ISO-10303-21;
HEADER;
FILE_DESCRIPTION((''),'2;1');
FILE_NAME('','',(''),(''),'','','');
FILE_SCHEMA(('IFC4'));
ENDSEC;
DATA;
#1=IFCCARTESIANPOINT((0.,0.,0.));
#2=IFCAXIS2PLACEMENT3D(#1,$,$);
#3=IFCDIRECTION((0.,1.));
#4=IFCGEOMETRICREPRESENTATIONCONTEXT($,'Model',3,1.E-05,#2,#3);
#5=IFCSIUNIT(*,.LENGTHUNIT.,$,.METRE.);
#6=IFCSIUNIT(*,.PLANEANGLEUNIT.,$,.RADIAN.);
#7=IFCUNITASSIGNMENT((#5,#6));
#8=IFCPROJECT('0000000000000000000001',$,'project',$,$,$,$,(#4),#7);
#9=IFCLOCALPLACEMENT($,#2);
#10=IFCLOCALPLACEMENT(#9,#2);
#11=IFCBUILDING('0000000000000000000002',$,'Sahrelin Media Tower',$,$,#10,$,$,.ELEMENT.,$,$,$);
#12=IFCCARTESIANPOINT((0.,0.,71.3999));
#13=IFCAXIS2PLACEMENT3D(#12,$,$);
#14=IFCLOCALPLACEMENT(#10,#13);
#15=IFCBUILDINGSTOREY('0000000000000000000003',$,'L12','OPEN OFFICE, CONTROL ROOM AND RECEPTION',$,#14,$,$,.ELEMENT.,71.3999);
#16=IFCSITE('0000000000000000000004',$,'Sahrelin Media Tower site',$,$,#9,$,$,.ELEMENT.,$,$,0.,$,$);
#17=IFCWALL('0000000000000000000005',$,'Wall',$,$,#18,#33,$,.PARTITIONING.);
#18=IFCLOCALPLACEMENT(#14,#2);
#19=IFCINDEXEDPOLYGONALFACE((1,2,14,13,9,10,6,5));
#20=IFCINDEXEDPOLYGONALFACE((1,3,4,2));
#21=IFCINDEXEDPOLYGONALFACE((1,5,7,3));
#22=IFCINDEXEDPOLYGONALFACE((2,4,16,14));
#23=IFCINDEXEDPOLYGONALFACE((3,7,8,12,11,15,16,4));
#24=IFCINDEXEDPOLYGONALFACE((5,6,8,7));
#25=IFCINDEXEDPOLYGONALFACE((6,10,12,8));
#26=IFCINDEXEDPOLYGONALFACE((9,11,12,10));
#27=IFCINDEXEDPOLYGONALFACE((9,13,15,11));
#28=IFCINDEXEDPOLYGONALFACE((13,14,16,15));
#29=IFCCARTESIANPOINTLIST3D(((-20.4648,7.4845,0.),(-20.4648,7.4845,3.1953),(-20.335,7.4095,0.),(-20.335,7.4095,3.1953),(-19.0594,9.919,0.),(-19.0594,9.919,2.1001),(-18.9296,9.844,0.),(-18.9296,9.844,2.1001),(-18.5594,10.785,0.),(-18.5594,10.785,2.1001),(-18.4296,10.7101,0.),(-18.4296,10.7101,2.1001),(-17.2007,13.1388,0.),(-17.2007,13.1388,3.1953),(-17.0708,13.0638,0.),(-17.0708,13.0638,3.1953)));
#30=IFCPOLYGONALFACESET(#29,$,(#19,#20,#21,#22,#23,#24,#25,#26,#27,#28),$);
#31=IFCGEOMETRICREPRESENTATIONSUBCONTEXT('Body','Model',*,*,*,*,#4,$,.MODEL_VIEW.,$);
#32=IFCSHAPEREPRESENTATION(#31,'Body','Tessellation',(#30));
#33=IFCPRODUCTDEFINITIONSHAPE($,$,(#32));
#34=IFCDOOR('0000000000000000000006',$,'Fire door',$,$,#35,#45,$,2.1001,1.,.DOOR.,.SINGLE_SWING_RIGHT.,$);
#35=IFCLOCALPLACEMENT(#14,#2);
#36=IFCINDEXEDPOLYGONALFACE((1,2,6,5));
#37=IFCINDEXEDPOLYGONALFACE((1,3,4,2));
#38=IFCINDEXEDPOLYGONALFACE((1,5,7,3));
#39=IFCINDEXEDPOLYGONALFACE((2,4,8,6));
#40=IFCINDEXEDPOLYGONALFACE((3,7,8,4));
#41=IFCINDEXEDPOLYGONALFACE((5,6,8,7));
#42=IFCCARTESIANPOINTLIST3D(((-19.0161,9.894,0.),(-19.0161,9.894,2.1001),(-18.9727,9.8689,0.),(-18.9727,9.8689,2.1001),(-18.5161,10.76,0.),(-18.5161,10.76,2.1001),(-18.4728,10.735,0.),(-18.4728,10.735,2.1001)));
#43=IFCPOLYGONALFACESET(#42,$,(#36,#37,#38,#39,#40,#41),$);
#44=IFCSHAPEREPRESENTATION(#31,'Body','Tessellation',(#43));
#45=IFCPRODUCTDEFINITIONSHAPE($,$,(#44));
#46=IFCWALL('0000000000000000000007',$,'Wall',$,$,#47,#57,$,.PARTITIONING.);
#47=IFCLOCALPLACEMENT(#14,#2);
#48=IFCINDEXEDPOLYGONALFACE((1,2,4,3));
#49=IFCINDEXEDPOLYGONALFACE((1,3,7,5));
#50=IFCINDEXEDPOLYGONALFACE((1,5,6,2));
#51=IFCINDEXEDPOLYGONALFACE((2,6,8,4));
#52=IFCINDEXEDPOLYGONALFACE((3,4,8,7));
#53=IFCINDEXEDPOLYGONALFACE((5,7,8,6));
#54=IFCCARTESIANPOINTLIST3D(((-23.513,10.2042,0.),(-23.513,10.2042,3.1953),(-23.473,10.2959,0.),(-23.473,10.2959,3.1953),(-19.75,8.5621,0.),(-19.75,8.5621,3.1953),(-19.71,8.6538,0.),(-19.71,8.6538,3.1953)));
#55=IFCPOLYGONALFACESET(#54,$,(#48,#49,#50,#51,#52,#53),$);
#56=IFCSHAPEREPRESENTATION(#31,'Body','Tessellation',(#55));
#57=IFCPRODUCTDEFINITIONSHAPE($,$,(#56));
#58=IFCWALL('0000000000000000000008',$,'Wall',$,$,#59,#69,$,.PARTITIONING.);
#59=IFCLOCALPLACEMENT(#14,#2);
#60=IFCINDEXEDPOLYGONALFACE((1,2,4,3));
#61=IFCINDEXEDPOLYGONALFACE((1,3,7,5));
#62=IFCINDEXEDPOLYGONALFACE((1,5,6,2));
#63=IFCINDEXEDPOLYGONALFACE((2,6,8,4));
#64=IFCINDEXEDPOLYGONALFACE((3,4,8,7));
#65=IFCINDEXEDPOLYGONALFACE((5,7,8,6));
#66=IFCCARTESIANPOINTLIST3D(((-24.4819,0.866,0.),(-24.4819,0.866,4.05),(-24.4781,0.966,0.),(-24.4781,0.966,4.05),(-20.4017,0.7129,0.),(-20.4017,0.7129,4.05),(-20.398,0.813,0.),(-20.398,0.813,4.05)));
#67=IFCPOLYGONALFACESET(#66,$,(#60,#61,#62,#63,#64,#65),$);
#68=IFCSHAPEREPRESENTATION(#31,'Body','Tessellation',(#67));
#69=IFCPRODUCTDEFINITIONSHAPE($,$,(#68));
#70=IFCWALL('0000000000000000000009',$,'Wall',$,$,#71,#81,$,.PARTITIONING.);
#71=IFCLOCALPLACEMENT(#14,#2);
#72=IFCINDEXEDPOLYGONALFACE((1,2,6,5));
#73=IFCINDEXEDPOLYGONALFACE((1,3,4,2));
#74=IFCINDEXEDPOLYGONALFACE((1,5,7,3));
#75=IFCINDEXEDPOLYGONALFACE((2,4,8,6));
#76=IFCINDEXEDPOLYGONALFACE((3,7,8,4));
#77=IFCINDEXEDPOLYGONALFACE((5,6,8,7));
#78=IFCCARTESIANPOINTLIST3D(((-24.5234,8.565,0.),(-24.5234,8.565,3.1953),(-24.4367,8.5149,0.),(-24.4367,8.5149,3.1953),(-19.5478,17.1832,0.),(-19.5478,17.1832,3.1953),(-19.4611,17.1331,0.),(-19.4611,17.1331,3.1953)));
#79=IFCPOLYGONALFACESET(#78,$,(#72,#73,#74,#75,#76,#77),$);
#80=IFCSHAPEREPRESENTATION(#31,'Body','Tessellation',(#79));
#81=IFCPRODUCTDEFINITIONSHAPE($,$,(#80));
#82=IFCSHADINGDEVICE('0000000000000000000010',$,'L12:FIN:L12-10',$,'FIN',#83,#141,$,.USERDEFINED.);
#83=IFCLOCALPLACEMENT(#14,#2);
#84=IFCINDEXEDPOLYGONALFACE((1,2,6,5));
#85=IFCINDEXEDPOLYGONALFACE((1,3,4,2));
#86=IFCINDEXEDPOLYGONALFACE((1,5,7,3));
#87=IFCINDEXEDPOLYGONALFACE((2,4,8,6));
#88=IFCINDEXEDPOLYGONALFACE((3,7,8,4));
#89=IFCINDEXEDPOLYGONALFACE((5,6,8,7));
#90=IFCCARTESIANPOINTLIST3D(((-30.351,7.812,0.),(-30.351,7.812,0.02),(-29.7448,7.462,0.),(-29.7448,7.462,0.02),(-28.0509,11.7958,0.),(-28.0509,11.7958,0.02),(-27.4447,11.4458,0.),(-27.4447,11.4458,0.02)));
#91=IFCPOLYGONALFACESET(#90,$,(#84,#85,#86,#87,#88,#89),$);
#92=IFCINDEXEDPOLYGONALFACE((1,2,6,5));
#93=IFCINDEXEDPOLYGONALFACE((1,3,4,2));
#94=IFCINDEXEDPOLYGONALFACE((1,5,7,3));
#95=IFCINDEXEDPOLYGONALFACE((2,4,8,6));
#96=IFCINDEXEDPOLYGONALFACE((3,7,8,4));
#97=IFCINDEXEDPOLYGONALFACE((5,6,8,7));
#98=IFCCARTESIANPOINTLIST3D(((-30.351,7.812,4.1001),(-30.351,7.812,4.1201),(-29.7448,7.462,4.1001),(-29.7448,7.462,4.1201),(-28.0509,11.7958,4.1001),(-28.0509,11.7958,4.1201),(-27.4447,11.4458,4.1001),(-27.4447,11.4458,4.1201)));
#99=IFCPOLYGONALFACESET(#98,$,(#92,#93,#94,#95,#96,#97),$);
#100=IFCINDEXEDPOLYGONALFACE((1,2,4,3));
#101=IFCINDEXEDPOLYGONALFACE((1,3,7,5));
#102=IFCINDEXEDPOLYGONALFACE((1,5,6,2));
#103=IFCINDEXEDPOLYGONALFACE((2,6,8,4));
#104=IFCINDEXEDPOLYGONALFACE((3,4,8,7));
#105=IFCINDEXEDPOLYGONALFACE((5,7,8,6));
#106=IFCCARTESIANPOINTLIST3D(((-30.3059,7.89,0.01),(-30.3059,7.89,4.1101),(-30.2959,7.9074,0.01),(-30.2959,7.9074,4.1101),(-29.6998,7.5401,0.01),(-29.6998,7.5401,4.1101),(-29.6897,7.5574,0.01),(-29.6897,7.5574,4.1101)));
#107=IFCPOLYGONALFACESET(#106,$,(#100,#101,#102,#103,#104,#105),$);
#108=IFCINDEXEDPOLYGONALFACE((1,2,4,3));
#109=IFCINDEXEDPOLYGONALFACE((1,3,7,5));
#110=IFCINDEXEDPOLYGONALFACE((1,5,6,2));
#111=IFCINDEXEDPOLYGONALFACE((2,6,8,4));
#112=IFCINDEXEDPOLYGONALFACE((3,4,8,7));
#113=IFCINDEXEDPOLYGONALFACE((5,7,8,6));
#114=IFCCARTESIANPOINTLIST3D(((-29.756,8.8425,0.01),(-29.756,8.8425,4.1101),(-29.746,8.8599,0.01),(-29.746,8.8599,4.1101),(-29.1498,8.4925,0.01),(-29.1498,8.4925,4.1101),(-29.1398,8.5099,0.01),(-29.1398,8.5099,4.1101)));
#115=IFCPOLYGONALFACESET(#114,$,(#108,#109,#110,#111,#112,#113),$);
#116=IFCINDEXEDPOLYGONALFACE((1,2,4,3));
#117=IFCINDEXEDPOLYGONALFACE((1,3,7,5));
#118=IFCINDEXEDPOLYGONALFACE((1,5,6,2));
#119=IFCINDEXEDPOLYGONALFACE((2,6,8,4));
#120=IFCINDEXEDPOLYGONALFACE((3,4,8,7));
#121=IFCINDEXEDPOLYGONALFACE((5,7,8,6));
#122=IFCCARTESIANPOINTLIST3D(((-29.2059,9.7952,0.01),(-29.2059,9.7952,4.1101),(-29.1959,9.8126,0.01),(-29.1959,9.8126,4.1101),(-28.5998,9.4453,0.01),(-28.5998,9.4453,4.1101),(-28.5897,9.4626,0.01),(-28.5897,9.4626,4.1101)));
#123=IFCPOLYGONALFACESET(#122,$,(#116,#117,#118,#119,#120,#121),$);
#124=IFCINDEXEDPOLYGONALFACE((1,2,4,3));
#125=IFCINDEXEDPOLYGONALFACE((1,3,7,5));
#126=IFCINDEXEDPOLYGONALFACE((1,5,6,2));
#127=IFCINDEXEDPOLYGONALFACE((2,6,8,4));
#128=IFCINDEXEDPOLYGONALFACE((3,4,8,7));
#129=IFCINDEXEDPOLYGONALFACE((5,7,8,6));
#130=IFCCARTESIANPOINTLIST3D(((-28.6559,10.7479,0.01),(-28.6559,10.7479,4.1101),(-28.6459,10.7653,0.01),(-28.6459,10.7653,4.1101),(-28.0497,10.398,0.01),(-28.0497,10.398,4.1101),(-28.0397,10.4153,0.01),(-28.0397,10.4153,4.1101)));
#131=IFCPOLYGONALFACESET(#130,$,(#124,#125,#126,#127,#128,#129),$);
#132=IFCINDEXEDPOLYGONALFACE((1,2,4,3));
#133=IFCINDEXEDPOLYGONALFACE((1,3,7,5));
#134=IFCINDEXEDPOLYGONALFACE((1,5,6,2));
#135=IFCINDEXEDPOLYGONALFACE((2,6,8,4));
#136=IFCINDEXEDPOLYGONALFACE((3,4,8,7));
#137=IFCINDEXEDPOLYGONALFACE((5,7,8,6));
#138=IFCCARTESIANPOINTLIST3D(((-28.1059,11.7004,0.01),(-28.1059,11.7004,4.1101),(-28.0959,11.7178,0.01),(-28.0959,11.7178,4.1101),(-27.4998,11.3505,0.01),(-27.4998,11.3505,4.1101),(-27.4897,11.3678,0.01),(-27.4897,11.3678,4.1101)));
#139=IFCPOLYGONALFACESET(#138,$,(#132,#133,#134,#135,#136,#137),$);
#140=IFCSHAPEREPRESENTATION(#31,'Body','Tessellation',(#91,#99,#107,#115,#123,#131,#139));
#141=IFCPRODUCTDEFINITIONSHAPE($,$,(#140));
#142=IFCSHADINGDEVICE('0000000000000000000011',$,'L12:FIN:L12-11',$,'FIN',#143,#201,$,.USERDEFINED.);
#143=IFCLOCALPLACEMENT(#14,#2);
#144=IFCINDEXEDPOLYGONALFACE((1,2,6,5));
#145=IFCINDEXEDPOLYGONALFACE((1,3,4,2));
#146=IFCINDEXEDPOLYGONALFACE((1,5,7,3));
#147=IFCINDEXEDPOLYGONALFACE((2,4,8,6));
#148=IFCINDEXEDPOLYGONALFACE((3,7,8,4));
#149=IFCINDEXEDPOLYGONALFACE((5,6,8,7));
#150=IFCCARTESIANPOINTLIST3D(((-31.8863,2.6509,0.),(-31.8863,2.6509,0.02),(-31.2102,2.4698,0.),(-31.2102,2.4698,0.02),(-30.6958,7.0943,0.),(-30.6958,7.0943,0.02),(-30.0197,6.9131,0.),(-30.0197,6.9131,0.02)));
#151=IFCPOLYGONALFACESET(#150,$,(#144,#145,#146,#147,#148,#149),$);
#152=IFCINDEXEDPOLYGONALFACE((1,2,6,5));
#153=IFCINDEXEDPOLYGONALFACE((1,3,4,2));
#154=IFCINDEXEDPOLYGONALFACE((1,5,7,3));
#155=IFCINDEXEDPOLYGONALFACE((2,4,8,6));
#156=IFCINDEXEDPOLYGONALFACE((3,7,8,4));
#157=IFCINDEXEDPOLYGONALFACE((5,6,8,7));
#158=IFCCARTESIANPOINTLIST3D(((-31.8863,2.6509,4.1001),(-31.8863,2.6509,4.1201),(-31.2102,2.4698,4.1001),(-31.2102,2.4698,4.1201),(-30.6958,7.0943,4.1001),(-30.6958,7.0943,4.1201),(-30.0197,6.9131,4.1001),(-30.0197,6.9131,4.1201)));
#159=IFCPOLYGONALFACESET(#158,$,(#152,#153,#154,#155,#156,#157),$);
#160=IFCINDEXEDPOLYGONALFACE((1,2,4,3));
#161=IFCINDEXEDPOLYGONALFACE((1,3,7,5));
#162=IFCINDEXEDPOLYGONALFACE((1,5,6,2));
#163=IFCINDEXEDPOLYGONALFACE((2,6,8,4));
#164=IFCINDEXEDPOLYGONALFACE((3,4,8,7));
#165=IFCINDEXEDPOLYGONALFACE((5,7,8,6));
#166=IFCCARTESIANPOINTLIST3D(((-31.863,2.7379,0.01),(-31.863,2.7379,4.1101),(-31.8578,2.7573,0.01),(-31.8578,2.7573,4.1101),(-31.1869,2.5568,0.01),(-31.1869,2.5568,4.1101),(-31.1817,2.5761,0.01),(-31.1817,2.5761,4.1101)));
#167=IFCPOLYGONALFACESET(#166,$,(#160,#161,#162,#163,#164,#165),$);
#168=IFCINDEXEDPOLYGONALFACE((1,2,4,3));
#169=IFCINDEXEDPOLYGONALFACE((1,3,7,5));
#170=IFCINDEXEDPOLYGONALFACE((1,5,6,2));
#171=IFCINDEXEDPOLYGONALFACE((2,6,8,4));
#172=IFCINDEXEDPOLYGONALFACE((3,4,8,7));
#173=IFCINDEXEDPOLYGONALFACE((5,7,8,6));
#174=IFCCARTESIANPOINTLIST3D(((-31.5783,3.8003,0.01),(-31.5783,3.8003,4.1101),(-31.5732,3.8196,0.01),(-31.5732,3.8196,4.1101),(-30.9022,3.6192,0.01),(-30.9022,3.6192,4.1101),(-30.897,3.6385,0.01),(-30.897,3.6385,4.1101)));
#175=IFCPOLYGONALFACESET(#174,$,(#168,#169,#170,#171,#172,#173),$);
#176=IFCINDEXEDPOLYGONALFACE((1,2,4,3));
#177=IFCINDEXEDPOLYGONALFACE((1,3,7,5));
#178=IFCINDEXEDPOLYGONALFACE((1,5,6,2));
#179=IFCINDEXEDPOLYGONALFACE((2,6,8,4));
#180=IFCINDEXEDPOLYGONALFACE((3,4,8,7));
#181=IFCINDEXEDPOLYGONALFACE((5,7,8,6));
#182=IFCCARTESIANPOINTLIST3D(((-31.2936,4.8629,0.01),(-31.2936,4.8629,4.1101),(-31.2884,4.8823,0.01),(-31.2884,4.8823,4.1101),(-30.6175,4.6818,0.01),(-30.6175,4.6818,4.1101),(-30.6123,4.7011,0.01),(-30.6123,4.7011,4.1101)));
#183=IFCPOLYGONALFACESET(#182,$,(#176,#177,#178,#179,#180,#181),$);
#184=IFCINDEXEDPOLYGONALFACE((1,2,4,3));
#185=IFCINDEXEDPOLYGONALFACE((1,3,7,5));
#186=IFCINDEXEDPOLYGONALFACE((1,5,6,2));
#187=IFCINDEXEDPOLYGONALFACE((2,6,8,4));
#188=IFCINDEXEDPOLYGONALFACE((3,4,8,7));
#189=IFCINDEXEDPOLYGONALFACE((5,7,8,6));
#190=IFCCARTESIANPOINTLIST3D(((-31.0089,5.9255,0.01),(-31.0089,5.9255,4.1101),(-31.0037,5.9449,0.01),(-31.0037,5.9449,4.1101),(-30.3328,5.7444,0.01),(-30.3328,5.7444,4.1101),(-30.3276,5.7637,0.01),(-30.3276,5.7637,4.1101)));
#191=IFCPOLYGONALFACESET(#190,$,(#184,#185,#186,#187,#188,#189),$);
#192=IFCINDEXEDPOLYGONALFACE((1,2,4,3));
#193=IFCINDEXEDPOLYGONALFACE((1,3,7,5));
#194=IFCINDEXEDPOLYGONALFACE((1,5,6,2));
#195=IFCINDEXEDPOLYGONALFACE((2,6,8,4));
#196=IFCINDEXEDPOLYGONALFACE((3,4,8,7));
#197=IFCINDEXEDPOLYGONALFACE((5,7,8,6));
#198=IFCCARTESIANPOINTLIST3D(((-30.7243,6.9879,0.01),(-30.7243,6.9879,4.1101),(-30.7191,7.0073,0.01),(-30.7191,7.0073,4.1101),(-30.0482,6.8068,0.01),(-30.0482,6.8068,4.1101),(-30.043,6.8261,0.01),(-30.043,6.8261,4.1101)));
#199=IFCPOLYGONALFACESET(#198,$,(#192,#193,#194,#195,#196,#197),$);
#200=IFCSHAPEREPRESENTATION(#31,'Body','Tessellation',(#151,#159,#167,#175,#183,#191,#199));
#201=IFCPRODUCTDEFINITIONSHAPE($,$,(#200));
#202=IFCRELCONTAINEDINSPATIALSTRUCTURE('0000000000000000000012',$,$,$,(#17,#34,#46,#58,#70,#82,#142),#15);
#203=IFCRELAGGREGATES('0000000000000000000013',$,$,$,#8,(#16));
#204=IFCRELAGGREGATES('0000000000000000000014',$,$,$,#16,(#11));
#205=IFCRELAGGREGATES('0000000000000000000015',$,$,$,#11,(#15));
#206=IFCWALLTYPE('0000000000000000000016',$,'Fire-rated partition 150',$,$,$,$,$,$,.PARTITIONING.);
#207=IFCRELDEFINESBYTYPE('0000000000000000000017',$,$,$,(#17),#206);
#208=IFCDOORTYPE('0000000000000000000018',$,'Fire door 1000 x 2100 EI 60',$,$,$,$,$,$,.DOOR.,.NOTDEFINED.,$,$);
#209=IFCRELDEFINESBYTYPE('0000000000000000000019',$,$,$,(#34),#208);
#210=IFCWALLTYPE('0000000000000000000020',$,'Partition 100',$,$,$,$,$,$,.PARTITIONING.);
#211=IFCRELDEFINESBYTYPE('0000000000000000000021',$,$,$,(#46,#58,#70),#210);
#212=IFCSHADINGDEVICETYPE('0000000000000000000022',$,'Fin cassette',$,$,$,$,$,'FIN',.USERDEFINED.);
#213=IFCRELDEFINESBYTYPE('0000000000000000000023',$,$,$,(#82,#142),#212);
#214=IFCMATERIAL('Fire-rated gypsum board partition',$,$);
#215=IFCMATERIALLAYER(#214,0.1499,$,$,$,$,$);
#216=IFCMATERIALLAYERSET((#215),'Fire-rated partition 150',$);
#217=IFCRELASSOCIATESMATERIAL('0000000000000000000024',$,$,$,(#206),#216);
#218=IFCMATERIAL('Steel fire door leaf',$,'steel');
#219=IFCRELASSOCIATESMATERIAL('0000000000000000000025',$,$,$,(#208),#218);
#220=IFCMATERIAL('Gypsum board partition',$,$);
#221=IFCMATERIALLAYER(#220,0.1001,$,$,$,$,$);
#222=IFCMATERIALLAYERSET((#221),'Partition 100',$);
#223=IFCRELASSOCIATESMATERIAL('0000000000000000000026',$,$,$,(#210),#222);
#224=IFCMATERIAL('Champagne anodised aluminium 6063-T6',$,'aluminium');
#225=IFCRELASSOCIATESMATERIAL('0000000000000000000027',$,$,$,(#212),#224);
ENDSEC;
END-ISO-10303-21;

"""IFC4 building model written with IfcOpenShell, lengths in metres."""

from ifc_helpers import new_model, si_unit, direction, frame, frame_2d, origin, origin_2d, place, context, subcontext, project, spatial, rectangle, extrude, material, layer, layer_set, type_object, element, fill, save


model = new_model("IFC4")

# Units and contexts
model_context = context("Model", 3, precision=1e-05, world=origin(), true_north=direction((0.0, 1.0)))
body_context = subcontext(model_context, "Body", "Model", "MODEL_VIEW")
ifc_project = project(units=[si_unit("LENGTHUNIT", "METRE"), si_unit("PLANEANGLEUNIT", "RADIAN")], contexts=[model_context])

# Site, building, storey
site_placement = place(None, origin())
site = spatial("IfcSite", under=ifc_project, at=site_placement, Name="Sahrelin Media Tower site", CompositionType="ELEMENT", RefElevation=0.0)
building_placement = place(site_placement, origin())
building = spatial("IfcBuilding", under=site, at=building_placement, Name="Sahrelin Media Tower", CompositionType="ELEMENT")
storey_placement = place(building_placement, frame((0.0, 0.0, 71.3999)))
storey = spatial("IfcBuildingStorey", under=building, at=storey_placement, Name="L12", Description="OPEN OFFICE, CONTROL ROOM AND RECEPTION", CompositionType="ELEMENT", Elevation=71.3999)

# Shared definitions
ifc_material_1 = material(Name="Champagne anodised aluminium 6063-T6", Category="aluminium")

# Shared definitions
ifc_material_2 = material(Name="Fire-rated gypsum board partition")
ifc_layer_1 = layer(ifc_material_2, 0.1499)
ifc_layer_set_1 = layer_set([ifc_layer_1], Name="Fire-rated partition 150")
wall_type_1 = type_object("IfcWallType", Name="Fire-rated partition 150", PredefinedType="PARTITIONING", material=ifc_layer_set_1)

# Wall, opening, door
ifc_material_3 = material(Name="Steel fire door leaf", Category="steel")
door_type = type_object("IfcDoorType", Name="Fire door 1000 x 2100 EI 60", OperationType="NOTDEFINED", PredefinedType="DOOR", material=ifc_material_3)
wall_1_placement = place(storey_placement, frame((-20.3999, 7.447, 0.0), z_axis=(0.0, 0.0, 1.0), x_axis=(0.49996, 0.866049, 0.0)))
wall_1 = element("IfcWall", 1, at=wall_1_placement, inside=storey, type_object=wall_type_1, Name="Wall", PredefinedType="PARTITIONING", context=body_context, shape_type="SweptSolid", body=[
    extrude(rectangle(XDim=6.5288, YDim=0.1499, at=frame_2d((3.2644, 0.0))), origin(), (0.0, 0.0, 1.0), 3.1953),
])
opening_1_placement = place(wall_1_placement, frame((2.811, 0.0, 0.0)))
opening_1 = element("IfcOpeningElement", 2, at=opening_1_placement, cuts=wall_1, PredefinedType="OPENING", context=body_context, shape_type="SweptSolid", body=[
    extrude(rectangle(XDim=1.0, YDim=2.1001, at=frame_2d((0.5, 1.05))), frame((0.0, 0.075, 0.0), z_axis=(0.0, -1.0, 0.0), x_axis=(1.0, 0.0, 0.0)), (0.0, 0.0, 1.0), 0.1499),
])
door_1_placement = place(opening_1_placement, origin())
door_1 = element("IfcDoor", 3, at=door_1_placement, inside=storey, type_object=door_type, Name="Fire door", OperationType="SINGLE_SWING_RIGHT", OverallHeight=2.1001, OverallWidth=1.0, PredefinedType="DOOR", context=body_context, shape_type="SweptSolid", body=[
    extrude(rectangle(XDim=1.0, YDim=2.1001, at=frame_2d((0.5, 1.05))), frame((0.0, 0.0249, 0.0), z_axis=(0.0, -1.0, 0.0), x_axis=(1.0, 0.0, 0.0)), (0.0, 0.0, 1.0), 0.05),
])
fill(opening_1, door_1)

# Walls
ifc_material_4 = material(Name="Gypsum board partition")
ifc_layer_2 = layer(ifc_material_4, 0.1001)
ifc_layer_set_2 = layer_set([ifc_layer_2], Name="Partition 100")
wall_type_2 = type_object("IfcWallType", Name="Partition 100", PredefinedType="PARTITIONING", material=ifc_layer_set_2)
wall_2_placement = place(storey_placement, frame((-23.4929, 10.25, 0.0), z_axis=(0.0, 0.0, 1.0), x_axis=(0.916532, -0.399961, 0.0)))
element("IfcWall", 4, at=wall_2_placement, inside=storey, type_object=wall_type_2, Name="Wall", PredefinedType="PARTITIONING", context=body_context, shape_type="SweptSolid", body=[
    extrude(rectangle(XDim=4.1057, YDim=0.1001, at=frame_2d((2.0527, 0.0))), origin(), (0.0, 0.0, 1.0), 3.1953),
])
wall_3_placement = place(storey_placement, frame((-24.48, 0.916, 0.0), z_axis=(0.0, 0.0, 1.0), x_axis=(0.999297, -0.037492, 0.0)))
element("IfcWall", 5, at=wall_3_placement, inside=storey, type_object=wall_type_2, Name="Wall", PredefinedType="PARTITIONING", context=body_context, shape_type="SweptSolid", body=[
    extrude(rectangle(XDim=4.083, YDim=0.1001, at=frame_2d((2.0415, 0.0))), origin(), (0.0, 0.0, 1.0), 4.05),
])
wall_4_placement = place(storey_placement, frame((-24.48, 8.54, 0.0), z_axis=(0.0, 0.0, 1.0), x_axis=(0.499991, 0.86603, 0.0)))
element("IfcWall", 6, at=wall_4_placement, inside=storey, type_object=wall_type_2, Name="Wall", PredefinedType="PARTITIONING", context=body_context, shape_type="SweptSolid", body=[
    extrude(rectangle(XDim=9.9514, YDim=0.1001, at=frame_2d((4.9756, 0.0))), origin(), (0.0, 0.0, 1.0), 3.1953),
])

# Shading devices
shading_device_type_1 = type_object("IfcShadingDeviceType", Name="Fin cassette", ElementType="FIN", PredefinedType="USERDEFINED", material=ifc_material_1)
placement_1 = place(storey_placement, frame((-28.5342, 9.4189, 0.0), z_axis=(0.0, 0.0, 1.0), x_axis=(0.500011, 0.866019, 0.0)))
element("IfcShadingDevice", 7, at=placement_1, inside=storey, type_object=shading_device_type_1, Name="L12:FIN:L12-10", ObjectType="FIN", PredefinedType="USERDEFINED", context=body_context, shape_type="SweptSolid", body=[
    extrude(rectangle(XDim=4.6001, YDim=0.7, at=origin_2d()), frame((0.0, 0.4199, 0.0)), (0.0, 0.0, 1.0), 0.02),
    extrude(rectangle(XDim=4.6001, YDim=0.7, at=origin_2d()), frame((0.0, 0.4199, 4.1001)), (0.0, 0.0, 1.0), 0.02),
    extrude(rectangle(XDim=0.02, YDim=0.7, at=origin_2d()), frame((-2.2, 0.4199, 0.01), z_axis=(0.0, 0.0, 1.0), x_axis=(1.0, 0.0, 0.0)), (0.0, 0.0, 1.0), 4.1001),
    extrude(rectangle(XDim=0.02, YDim=0.7, at=origin_2d()), frame((-1.1001, 0.4199, 0.01), z_axis=(0.0, 0.0, 1.0), x_axis=(1.0, 0.0, 0.0)), (0.0, 0.0, 1.0), 4.1001),
    extrude(rectangle(XDim=0.02, YDim=0.7, at=origin_2d()), frame((0.0, 0.4199, 0.01), z_axis=(0.0, 0.0, 1.0), x_axis=(1.0, 0.0, 0.0)), (0.0, 0.0, 1.0), 4.1001),
    extrude(rectangle(XDim=0.02, YDim=0.7, at=origin_2d()), frame((1.1001, 0.4199, 0.01), z_axis=(0.0, 0.0, 1.0), x_axis=(1.0, 0.0, 0.0)), (0.0, 0.0, 1.0), 4.1001),
    extrude(rectangle(XDim=0.02, YDim=0.7, at=origin_2d()), frame((2.2, 0.4199, 0.01), z_axis=(0.0, 0.0, 1.0), x_axis=(1.0, 0.0, 0.0)), (0.0, 0.0, 1.0), 4.1001),
])
placement_2 = place(storey_placement, frame((-30.5474, 4.6733, 0.0), z_axis=(0.0, 0.0, 1.0), x_axis=(0.258808, 0.965929, 0.0)))
element("IfcShadingDevice", 8, at=placement_2, inside=storey, type_object=shading_device_type_1, Name="L12:FIN:L12-11", ObjectType="FIN", PredefinedType="USERDEFINED", context=body_context, shape_type="SweptSolid", body=[
    extrude(rectangle(XDim=4.6001, YDim=0.7, at=origin_2d()), frame((0.0, 0.4199, 0.0)), (0.0, 0.0, 1.0), 0.02),
    extrude(rectangle(XDim=4.6001, YDim=0.7, at=origin_2d()), frame((0.0, 0.4199, 4.1001)), (0.0, 0.0, 1.0), 0.02),
    extrude(rectangle(XDim=0.02, YDim=0.7, at=origin_2d()), frame((-2.2, 0.4199, 0.01), z_axis=(0.0, 0.0, 1.0), x_axis=(1.0, 0.0, 0.0)), (0.0, 0.0, 1.0), 4.1001),
    extrude(rectangle(XDim=0.02, YDim=0.7, at=origin_2d()), frame((-1.1001, 0.4199, 0.01), z_axis=(0.0, 0.0, 1.0), x_axis=(1.0, 0.0, 0.0)), (0.0, 0.0, 1.0), 4.1001),
    extrude(rectangle(XDim=0.02, YDim=0.7, at=origin_2d()), frame((0.0, 0.4199, 0.01), z_axis=(0.0, 0.0, 1.0), x_axis=(1.0, 0.0, 0.0)), (0.0, 0.0, 1.0), 4.1001),
    extrude(rectangle(XDim=0.02, YDim=0.7, at=origin_2d()), frame((1.1001, 0.4199, 0.01), z_axis=(0.0, 0.0, 1.0), x_axis=(1.0, 0.0, 0.0)), (0.0, 0.0, 1.0), 4.1001),
    extrude(rectangle(XDim=0.02, YDim=0.7, at=origin_2d()), frame((2.2, 0.4199, 0.01), z_axis=(0.0, 0.0, 1.0), x_axis=(1.0, 0.0, 0.0)), (0.0, 0.0, 1.0), 4.1001),
])

save(model, "model.ifc")
